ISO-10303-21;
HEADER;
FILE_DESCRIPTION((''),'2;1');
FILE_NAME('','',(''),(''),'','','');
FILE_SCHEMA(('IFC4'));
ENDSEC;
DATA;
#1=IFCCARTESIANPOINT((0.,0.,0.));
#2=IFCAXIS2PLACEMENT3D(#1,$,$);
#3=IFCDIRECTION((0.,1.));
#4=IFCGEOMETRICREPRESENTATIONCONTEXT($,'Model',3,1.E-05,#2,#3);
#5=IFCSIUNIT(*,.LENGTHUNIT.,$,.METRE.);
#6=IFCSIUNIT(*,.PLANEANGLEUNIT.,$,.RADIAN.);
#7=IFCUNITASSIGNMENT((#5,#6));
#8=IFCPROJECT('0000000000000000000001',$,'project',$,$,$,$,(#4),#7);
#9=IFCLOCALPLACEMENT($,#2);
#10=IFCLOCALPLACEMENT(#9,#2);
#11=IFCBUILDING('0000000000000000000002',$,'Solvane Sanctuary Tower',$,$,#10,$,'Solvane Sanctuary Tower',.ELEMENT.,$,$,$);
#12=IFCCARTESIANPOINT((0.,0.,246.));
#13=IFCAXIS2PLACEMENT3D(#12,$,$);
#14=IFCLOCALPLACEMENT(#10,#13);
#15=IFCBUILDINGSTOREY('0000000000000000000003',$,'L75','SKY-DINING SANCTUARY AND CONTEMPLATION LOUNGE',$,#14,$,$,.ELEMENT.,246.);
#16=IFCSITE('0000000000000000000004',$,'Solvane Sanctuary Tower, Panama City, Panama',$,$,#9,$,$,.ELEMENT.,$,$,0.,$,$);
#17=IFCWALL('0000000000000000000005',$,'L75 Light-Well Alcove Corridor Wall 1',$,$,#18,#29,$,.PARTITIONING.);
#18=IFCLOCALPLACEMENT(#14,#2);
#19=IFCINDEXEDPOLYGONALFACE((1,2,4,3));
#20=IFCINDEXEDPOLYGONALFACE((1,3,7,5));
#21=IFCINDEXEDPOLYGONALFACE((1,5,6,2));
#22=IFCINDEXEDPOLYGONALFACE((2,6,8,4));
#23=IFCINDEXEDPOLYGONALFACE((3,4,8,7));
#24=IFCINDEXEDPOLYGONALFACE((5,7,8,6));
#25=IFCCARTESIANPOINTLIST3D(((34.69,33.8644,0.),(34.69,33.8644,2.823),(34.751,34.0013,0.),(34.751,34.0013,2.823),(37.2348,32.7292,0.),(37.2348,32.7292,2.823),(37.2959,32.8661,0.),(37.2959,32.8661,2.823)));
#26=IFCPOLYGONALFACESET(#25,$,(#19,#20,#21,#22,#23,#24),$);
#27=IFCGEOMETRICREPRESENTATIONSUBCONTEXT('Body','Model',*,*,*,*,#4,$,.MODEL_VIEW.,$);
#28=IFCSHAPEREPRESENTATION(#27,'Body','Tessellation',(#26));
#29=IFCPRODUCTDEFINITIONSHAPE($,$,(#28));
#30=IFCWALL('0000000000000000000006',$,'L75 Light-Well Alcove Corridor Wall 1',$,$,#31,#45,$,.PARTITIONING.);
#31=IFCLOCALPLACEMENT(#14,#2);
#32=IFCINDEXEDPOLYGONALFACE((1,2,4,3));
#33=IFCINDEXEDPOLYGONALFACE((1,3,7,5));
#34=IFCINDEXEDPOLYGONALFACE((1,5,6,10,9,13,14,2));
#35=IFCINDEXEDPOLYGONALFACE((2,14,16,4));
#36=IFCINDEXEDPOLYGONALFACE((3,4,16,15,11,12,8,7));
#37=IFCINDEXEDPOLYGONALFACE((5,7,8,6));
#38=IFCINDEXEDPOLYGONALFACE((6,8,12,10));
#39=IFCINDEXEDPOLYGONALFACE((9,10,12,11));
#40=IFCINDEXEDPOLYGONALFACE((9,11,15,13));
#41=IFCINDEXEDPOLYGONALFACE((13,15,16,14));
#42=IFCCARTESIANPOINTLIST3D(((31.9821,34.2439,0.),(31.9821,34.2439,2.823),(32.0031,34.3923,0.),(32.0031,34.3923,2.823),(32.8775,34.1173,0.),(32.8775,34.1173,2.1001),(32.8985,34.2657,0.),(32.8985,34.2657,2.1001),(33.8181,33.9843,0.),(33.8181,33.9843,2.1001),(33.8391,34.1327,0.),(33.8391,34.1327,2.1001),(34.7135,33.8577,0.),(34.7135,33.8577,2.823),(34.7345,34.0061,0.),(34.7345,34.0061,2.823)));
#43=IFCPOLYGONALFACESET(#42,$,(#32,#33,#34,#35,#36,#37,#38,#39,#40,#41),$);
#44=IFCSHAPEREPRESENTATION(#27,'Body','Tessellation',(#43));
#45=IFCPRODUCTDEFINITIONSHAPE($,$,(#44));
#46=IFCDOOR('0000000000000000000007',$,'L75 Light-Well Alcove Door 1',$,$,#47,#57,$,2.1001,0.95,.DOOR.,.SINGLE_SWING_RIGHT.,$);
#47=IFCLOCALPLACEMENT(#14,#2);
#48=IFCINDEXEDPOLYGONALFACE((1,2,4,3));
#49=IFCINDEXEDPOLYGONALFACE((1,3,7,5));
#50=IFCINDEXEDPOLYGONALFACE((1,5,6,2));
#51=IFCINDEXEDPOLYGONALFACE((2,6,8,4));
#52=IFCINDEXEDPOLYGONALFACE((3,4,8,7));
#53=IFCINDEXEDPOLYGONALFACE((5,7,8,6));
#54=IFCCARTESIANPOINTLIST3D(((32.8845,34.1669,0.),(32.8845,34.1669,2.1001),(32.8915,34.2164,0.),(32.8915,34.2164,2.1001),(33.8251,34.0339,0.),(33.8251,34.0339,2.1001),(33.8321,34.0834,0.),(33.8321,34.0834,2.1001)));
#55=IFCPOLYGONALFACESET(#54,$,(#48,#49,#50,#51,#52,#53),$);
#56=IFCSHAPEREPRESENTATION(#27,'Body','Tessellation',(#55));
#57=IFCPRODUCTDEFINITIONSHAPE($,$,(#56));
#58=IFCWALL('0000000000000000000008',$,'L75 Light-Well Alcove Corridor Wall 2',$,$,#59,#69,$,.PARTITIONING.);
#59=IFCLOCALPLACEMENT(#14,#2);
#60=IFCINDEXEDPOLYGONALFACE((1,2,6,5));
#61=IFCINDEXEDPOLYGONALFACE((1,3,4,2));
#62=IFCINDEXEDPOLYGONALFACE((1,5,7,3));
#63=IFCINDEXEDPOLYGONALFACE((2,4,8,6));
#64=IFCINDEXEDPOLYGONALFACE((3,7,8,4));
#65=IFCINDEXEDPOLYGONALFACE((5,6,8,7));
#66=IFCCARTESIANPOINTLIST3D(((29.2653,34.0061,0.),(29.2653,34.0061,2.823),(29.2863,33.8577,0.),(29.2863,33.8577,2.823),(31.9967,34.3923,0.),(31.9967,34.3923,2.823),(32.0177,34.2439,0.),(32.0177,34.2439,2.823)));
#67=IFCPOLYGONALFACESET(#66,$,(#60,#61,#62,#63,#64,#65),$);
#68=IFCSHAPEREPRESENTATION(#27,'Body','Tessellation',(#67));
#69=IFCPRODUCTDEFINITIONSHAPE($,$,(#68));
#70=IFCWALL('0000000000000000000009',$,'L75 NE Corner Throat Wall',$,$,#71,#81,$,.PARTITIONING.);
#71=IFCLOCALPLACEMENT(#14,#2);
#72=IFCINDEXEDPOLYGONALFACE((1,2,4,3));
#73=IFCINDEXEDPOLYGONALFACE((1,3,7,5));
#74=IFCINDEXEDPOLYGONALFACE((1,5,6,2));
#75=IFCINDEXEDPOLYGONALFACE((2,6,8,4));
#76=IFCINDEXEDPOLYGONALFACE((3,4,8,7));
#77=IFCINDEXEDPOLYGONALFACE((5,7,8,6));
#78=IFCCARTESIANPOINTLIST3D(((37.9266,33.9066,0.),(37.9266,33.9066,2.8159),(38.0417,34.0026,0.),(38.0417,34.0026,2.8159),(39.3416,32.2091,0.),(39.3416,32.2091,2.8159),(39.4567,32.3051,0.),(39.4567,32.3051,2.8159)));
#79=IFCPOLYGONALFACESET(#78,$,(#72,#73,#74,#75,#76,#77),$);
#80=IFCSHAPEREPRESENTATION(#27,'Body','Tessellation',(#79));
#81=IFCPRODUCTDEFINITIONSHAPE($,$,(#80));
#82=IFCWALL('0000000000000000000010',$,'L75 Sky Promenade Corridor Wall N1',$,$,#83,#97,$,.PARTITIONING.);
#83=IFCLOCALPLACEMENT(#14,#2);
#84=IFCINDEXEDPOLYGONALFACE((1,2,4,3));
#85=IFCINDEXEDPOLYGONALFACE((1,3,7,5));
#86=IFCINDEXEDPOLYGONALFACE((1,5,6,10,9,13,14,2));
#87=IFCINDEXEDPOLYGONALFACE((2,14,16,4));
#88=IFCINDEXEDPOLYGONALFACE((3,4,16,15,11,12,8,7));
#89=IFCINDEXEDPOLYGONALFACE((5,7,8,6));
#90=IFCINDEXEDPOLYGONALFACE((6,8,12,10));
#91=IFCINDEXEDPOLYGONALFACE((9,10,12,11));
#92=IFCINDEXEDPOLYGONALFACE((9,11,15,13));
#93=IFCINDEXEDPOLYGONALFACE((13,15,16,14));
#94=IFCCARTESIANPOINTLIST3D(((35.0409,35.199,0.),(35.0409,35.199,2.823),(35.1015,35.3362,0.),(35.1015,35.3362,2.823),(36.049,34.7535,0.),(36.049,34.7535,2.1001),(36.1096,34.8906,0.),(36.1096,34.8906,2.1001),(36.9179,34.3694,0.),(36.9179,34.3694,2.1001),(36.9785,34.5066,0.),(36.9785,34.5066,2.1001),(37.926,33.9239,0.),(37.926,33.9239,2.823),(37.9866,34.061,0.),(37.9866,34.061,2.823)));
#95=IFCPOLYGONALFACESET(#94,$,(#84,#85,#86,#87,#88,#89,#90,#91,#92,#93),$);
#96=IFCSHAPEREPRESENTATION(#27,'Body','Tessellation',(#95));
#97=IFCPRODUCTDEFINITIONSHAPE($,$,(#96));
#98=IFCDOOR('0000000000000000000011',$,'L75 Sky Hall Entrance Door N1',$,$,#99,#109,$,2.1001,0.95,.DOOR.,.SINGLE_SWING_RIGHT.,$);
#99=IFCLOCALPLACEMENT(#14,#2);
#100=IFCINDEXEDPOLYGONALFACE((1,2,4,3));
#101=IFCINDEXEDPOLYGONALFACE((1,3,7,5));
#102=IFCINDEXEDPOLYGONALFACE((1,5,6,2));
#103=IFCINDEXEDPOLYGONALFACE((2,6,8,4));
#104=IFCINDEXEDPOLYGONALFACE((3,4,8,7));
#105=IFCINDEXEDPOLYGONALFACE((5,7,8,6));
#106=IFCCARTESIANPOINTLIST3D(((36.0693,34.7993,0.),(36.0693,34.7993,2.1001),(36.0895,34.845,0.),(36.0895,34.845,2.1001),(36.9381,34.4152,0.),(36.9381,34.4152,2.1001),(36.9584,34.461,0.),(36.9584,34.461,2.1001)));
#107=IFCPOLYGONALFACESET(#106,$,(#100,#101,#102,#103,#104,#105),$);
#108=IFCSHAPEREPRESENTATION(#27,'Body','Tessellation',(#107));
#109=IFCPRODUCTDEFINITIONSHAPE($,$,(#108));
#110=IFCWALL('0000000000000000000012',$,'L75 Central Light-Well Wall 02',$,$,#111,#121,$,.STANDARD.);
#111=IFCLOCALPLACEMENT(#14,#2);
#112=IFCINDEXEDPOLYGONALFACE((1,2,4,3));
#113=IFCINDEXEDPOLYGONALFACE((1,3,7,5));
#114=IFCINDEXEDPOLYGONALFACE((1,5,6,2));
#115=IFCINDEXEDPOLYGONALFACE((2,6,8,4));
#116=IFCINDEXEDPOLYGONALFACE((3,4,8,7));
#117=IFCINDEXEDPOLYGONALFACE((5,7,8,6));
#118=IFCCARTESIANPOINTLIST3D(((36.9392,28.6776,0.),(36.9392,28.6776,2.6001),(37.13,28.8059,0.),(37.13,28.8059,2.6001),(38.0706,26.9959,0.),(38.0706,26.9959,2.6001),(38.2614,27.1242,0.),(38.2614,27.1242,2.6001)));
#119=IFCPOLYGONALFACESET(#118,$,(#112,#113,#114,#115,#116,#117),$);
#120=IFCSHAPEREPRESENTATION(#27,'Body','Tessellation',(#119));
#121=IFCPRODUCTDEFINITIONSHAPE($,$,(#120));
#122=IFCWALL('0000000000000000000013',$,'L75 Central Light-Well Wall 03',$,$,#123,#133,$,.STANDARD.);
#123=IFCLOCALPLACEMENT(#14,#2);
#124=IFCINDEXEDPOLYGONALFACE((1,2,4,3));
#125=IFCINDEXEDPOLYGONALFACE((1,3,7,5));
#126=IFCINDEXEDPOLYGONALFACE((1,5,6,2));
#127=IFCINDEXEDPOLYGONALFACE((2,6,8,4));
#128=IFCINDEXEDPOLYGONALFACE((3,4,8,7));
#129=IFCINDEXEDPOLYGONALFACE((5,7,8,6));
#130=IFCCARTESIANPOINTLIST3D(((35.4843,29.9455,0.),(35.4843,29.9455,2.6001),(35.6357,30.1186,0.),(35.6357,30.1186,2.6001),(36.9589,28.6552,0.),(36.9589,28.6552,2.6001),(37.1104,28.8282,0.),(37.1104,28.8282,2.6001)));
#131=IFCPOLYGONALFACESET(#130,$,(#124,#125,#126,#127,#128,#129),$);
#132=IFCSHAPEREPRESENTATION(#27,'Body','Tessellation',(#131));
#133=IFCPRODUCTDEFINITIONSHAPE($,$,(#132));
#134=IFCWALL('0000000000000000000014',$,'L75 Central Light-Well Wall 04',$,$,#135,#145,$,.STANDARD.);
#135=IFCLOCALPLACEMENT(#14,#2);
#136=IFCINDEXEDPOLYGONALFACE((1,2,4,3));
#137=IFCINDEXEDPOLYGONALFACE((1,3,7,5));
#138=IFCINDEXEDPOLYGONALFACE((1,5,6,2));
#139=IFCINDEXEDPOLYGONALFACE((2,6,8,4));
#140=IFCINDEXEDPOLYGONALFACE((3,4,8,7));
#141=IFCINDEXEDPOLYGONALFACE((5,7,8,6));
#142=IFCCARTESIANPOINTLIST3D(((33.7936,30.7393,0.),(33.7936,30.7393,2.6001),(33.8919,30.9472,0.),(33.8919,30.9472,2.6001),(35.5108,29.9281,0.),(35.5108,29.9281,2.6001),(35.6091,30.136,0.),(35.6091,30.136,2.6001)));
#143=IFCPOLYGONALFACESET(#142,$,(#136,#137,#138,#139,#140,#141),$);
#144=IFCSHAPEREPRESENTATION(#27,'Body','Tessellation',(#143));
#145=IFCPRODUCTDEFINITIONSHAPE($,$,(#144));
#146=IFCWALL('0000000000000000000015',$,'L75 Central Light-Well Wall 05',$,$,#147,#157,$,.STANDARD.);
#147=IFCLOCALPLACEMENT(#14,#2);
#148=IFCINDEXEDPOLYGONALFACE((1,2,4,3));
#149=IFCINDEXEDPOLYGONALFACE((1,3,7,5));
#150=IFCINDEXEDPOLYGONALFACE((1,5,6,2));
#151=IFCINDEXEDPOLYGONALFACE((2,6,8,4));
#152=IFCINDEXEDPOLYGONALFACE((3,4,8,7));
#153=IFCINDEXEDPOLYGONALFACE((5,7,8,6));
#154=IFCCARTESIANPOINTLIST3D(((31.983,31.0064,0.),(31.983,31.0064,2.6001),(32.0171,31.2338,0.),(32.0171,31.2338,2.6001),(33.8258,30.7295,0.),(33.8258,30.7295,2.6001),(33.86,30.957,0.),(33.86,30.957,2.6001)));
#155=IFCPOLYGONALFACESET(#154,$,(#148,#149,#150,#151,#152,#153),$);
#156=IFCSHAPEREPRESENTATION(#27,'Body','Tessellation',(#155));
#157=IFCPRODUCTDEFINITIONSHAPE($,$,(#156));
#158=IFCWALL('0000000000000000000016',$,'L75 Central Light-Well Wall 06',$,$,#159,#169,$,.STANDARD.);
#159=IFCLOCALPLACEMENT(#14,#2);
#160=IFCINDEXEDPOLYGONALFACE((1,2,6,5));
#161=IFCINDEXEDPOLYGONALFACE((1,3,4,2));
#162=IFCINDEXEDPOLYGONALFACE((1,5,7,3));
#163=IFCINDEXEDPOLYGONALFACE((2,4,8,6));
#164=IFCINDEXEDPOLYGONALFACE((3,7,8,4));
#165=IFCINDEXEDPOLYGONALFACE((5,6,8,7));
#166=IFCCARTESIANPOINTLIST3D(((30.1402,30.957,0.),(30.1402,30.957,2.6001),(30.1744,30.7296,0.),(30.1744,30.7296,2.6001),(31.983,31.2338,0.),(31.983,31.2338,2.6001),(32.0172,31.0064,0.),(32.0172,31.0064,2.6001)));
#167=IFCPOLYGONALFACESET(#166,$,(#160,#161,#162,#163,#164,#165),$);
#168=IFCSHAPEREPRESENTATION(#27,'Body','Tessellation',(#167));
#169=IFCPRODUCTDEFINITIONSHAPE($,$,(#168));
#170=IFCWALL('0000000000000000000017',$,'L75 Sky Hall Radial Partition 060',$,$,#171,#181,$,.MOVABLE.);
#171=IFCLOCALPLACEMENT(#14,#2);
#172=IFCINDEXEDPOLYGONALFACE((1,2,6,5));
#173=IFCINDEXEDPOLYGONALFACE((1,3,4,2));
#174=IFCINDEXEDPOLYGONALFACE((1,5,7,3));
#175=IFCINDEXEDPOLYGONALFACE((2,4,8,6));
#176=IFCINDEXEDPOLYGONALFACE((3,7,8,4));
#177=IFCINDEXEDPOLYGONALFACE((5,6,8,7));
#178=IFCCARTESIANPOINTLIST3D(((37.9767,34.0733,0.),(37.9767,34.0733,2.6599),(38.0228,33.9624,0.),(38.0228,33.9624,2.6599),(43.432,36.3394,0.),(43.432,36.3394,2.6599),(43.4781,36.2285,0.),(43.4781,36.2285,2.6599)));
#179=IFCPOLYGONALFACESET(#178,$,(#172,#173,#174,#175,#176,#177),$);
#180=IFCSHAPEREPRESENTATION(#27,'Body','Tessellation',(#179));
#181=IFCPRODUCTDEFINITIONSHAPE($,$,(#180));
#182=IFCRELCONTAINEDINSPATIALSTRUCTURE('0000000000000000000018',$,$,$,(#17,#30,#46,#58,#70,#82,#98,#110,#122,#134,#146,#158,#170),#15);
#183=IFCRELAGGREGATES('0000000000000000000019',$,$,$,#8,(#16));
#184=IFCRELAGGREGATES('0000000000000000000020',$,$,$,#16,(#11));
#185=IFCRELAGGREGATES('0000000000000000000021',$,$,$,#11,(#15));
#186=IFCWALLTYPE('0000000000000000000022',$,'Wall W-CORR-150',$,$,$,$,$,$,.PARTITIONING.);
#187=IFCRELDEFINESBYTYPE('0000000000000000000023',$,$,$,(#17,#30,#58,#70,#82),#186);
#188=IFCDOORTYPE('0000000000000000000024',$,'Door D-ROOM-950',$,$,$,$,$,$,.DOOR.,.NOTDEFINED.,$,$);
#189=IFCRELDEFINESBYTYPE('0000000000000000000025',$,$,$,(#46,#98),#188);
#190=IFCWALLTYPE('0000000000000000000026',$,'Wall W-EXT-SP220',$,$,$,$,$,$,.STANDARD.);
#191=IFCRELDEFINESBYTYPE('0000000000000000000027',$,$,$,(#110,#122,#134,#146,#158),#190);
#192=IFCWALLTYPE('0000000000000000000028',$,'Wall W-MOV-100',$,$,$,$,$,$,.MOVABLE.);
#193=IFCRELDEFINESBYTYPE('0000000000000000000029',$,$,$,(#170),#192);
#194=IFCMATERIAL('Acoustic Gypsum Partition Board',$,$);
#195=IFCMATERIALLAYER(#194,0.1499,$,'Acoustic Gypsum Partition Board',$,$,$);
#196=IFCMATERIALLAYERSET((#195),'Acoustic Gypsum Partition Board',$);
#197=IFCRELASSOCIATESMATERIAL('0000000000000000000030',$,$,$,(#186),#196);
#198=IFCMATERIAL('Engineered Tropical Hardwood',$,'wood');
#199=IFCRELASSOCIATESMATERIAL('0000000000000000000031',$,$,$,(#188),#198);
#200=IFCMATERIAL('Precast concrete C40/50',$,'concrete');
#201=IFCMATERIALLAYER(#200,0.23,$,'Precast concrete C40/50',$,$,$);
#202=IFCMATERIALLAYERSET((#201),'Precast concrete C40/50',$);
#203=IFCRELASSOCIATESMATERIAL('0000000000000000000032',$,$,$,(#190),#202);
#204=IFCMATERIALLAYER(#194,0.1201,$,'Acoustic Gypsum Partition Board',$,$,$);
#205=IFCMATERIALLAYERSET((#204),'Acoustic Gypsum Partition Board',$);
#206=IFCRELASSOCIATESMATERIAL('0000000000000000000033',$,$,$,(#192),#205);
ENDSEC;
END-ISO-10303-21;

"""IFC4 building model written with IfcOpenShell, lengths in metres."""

from ifc_helpers import new_model, si_unit, direction, frame, frame_2d, origin, place, context, subcontext, project, spatial, rectangle, extrude, material, layer, layer_set, type_object, element, fill, save


model = new_model("IFC4")

# Units and contexts
model_context = context("Model", 3, precision=1e-05, world=origin(), true_north=direction((0.0, 1.0)))
body_context = subcontext(model_context, "Body", "Model", "MODEL_VIEW")
ifc_project = project(units=[si_unit("LENGTHUNIT", "METRE"), si_unit("PLANEANGLEUNIT", "RADIAN")], contexts=[model_context])

# Site, building, storey
site_placement = place(None, origin())
site = spatial("IfcSite", under=ifc_project, at=site_placement, Name="Solvane Sanctuary Tower, Panama City, Panama", CompositionType="ELEMENT", RefElevation=0.0)
building_placement = place(site_placement, origin())
building = spatial("IfcBuilding", under=site, at=building_placement, Name="Solvane Sanctuary Tower", LongName="Solvane Sanctuary Tower", CompositionType="ELEMENT")
storey_placement = place(building_placement, frame((0.0, 0.0, 246.0)))
storey = spatial("IfcBuildingStorey", under=building, at=storey_placement, Name="L75", Description="SKY-DINING SANCTUARY AND CONTEMPLATION LOUNGE", CompositionType="ELEMENT", Elevation=246.0)

# Wall
ifc_material_1 = material(Name="Acoustic Gypsum Partition Board")
ifc_layer_1 = layer(ifc_material_1, 0.1499, Name="Acoustic Gypsum Partition Board")
ifc_layer_set_1 = layer_set([ifc_layer_1], Name="Acoustic Gypsum Partition Board")
wall_type_1 = type_object("IfcWallType", Name="Wall W-CORR-150", PredefinedType="PARTITIONING", material=ifc_layer_set_1)
wall_1_placement = place(storey_placement, frame((37.2654, 32.7976, 0.0), z_axis=(0.0, 0.0, 1.0), x_axis=(-0.913254, 0.40739, 0.0)))
element("IfcWall", 1, at=wall_1_placement, inside=storey, type_object=wall_type_1, Name="L75 Light-Well Alcove Corridor Wall 1", PredefinedType="PARTITIONING", context=body_context, shape_type="SweptSolid", body=[
    extrude(rectangle(XDim=2.7866, YDim=0.1499, at=frame_2d((1.3933, 0.0))), origin(), (0.0, 0.0, 1.0), 2.823),
])

# Wall, opening, door
wall_2_placement = place(storey_placement, frame((34.7241, 33.9319, 0.0), z_axis=(0.0, 0.0, 1.0), x_axis=(-0.99015, 0.140009, 0.0)))
wall_2 = element("IfcWall", 2, at=wall_2_placement, inside=storey, type_object=wall_type_1, Name="L75 Light-Well Alcove Corridor Wall 1", PredefinedType="PARTITIONING", context=body_context, shape_type="SweptSolid", body=[
    extrude(rectangle(XDim=2.7585, YDim=0.1499, at=frame_2d((1.3794, 0.0))), origin(), (0.0, 0.0, 1.0), 2.823),
])
opening_1_placement = place(wall_2_placement, frame((0.9043, 0.0, 0.0)))
opening_1 = element("IfcOpeningElement", 3, at=opening_1_placement, cuts=wall_2, PredefinedType="OPENING", context=body_context, shape_type="SweptSolid", body=[
    extrude(rectangle(XDim=0.95, YDim=2.1001, at=frame_2d((0.4751, 1.05))), frame((0.0, 0.085, 0.0), z_axis=(0.0, -1.0, 0.0), x_axis=(1.0, 0.0, 0.0)), (0.0, 0.0, 1.0), 0.1699),
])
ifc_material_2 = material(Name="Engineered Tropical Hardwood", Category="wood")
door_type = type_object("IfcDoorType", Name="Door D-ROOM-950", OperationType="NOTDEFINED", PredefinedType="DOOR", material=ifc_material_2)
door_1_placement = place(opening_1_placement, origin())
door_1 = element("IfcDoor", 4, at=door_1_placement, inside=storey, type_object=door_type, Name="L75 Light-Well Alcove Door 1", OperationType="SINGLE_SWING_RIGHT", OverallHeight=2.1001, OverallWidth=0.95, PredefinedType="DOOR", context=body_context, shape_type="SweptSolid", body=[
    extrude(rectangle(XDim=0.95, YDim=2.1001, at=frame_2d((0.4751, 1.05))), frame((0.0, 0.0249, 0.0), z_axis=(0.0, -1.0, 0.0), x_axis=(1.0, 0.0, 0.0)), (0.0, 0.0, 1.0), 0.05),
])
fill(opening_1, door_1)

# Walls
wall_3_placement = place(storey_placement, frame((32.0073, 34.3181, 0.0), z_axis=(0.0, 0.0, 1.0), x_axis=(-0.99015, -0.140009, 0.0)))
element("IfcWall", 5, at=wall_3_placement, inside=storey, type_object=wall_type_1, Name="L75 Light-Well Alcove Corridor Wall 2", PredefinedType="PARTITIONING", context=body_context, shape_type="SweptSolid", body=[
    extrude(rectangle(XDim=2.7585, YDim=0.1499, at=frame_2d((1.3794, 0.0))), origin(), (0.0, 0.0, 1.0), 2.823),
])
wall_4_placement = place(storey_placement, frame((37.9841, 33.9546, 0.0), z_axis=(0.0, 0.0, 1.0), x_axis=(0.640304, -0.768122, 0.0)))
element("IfcWall", 6, at=wall_4_placement, inside=storey, type_object=wall_type_1, Name="L75 NE Corner Throat Wall", PredefinedType="PARTITIONING", context=body_context, shape_type="SweptSolid", body=[
    extrude(rectangle(XDim=2.21, YDim=0.1499, at=frame_2d((1.105, 0.0))), origin(), (0.0, 0.0, 1.0), 2.8159),
])

# Wall, opening, door
wall_5_placement = place(storey_placement, frame((37.9563, 33.9924, 0.0), z_axis=(0.0, 0.0, 1.0), x_axis=(-0.914643, 0.404263, 0.0)))
wall_5 = element("IfcWall", 7, at=wall_5_placement, inside=storey, type_object=wall_type_1, Name="L75 Sky Promenade Corridor Wall N1", PredefinedType="PARTITIONING", context=body_context, shape_type="SweptSolid", body=[
    extrude(rectangle(XDim=3.1543, YDim=0.1499, at=frame_2d((1.5771, 0.0))), origin(), (0.0, 0.0, 1.0), 2.823),
])
opening_2_placement = place(wall_5_placement, frame((1.1021, 0.0, 0.0)))
opening_2 = element("IfcOpeningElement", 8, at=opening_2_placement, cuts=wall_5, PredefinedType="OPENING", context=body_context, shape_type="SweptSolid", body=[
    extrude(rectangle(XDim=0.95, YDim=2.1001, at=frame_2d((0.4751, 1.05))), frame((0.0, 0.085, 0.0), z_axis=(0.0, -1.0, 0.0), x_axis=(1.0, 0.0, 0.0)), (0.0, 0.0, 1.0), 0.1699),
])
door_2_placement = place(opening_2_placement, origin())
door_2 = element("IfcDoor", 9, at=door_2_placement, inside=storey, type_object=door_type, Name="L75 Sky Hall Entrance Door N1", OperationType="SINGLE_SWING_RIGHT", OverallHeight=2.1001, OverallWidth=0.95, PredefinedType="DOOR", context=body_context, shape_type="SweptSolid", body=[
    extrude(rectangle(XDim=0.95, YDim=2.1001, at=frame_2d((0.4751, 1.05))), frame((0.0, 0.0249, 0.0), z_axis=(0.0, -1.0, 0.0), x_axis=(1.0, 0.0, 0.0)), (0.0, 0.0, 1.0), 0.05),
])
fill(opening_2, door_2)

# Walls
ifc_material_3 = material(Name="Precast concrete C40/50", Category="concrete")
ifc_layer_2 = layer(ifc_material_3, 0.23, Name="Precast concrete C40/50")
ifc_layer_set_2 = layer_set([ifc_layer_2], Name="Precast concrete C40/50")
wall_type_2 = type_object("IfcWallType", Name="Wall W-EXT-SP220", PredefinedType="STANDARD", material=ifc_layer_set_2)
wall_6_placement = place(storey_placement, frame((38.166, 27.0601, 0.0), z_axis=(0.0, 0.0, 1.0), x_axis=(-0.558198, 0.829708, 0.0)))
element("IfcWall", 10, at=wall_6_placement, inside=storey, type_object=wall_type_2, Name="L75 Central Light-Well Wall 02", PredefinedType="STANDARD", context=body_context, shape_type="SweptSolid", body=[
    extrude(rectangle(XDim=2.0269, YDim=0.23, at=frame_2d((1.0134, 0.0))), origin(), (0.0, 0.0, 1.0), 2.6001),
])
wall_7_placement = place(storey_placement, frame((37.0347, 28.7417, 0.0), z_axis=(0.0, 0.0, 1.0), x_axis=(-0.752577, 0.658505, 0.0)))
element("IfcWall", 11, at=wall_7_placement, inside=storey, type_object=wall_type_2, Name="L75 Central Light-Well Wall 03", PredefinedType="STANDARD", context=body_context, shape_type="SweptSolid", body=[
    extrude(rectangle(XDim=1.9595, YDim=0.23, at=frame_2d((0.9797, 0.0))), origin(), (0.0, 0.0, 1.0), 2.6001),
])
wall_8_placement = place(storey_placement, frame((35.5601, 30.032, 0.0), z_axis=(0.0, 0.0, 1.0), x_axis=(-0.90418, 0.427152, 0.0)))
element("IfcWall", 12, at=wall_8_placement, inside=storey, type_object=wall_type_2, Name="L75 Central Light-Well Wall 04", PredefinedType="STANDARD", context=body_context, shape_type="SweptSolid", body=[
    extrude(rectangle(XDim=1.8992, YDim=0.23, at=frame_2d((0.9497, 0.0))), origin(), (0.0, 0.0, 1.0), 2.6001),
])
for number, where, z_axis, x_axis, name in (
    (13, (33.8428, 30.8433, 0.0), (0.0, 0.0, 1.0), (-0.988902, 0.148571, 0.0), "L75 Central Light-Well Wall 05"),
    (14, (32.0, 31.1201, 0.0), (0.0, 0.0, 1.0), (-0.988902, -0.148571, 0.0), "L75 Central Light-Well Wall 06"),
):
    element("IfcWall", number, at=place(storey_placement, frame(where, z_axis=z_axis, x_axis=x_axis)), inside=storey, type_object=wall_type_2, Name=name, PredefinedType="STANDARD", context=body_context, shape_type="SweptSolid", body=[
        extrude(rectangle(XDim=1.8635, YDim=0.23, at=frame_2d((0.9316, 0.0))), origin(), (0.0, 0.0, 1.0), 2.6001),
    ])
ifc_layer_3 = layer(ifc_material_1, 0.1201, Name="Acoustic Gypsum Partition Board")
ifc_layer_set_3 = layer_set([ifc_layer_3], Name="Acoustic Gypsum Partition Board")
wall_type_3 = type_object("IfcWallType", Name="Wall W-MOV-100", PredefinedType="MOVABLE", material=ifc_layer_set_3)
wall_9_placement = place(storey_placement, frame((37.9998, 34.0178, 0.0), z_axis=(0.0, 0.0, 1.0), x_axis=(0.923493, 0.383614, 0.0)))
element("IfcWall", 15, at=wall_9_placement, inside=storey, type_object=wall_type_3, Name="L75 Sky Hall Radial Partition 060", PredefinedType="MOVABLE", context=body_context, shape_type="SweptSolid", body=[
    extrude(rectangle(XDim=5.9072, YDim=0.1201, at=frame_2d((2.9536, 0.0))), origin(), (0.0, 0.0, 1.0), 2.6599),
])

save(model, "model.ifc")
